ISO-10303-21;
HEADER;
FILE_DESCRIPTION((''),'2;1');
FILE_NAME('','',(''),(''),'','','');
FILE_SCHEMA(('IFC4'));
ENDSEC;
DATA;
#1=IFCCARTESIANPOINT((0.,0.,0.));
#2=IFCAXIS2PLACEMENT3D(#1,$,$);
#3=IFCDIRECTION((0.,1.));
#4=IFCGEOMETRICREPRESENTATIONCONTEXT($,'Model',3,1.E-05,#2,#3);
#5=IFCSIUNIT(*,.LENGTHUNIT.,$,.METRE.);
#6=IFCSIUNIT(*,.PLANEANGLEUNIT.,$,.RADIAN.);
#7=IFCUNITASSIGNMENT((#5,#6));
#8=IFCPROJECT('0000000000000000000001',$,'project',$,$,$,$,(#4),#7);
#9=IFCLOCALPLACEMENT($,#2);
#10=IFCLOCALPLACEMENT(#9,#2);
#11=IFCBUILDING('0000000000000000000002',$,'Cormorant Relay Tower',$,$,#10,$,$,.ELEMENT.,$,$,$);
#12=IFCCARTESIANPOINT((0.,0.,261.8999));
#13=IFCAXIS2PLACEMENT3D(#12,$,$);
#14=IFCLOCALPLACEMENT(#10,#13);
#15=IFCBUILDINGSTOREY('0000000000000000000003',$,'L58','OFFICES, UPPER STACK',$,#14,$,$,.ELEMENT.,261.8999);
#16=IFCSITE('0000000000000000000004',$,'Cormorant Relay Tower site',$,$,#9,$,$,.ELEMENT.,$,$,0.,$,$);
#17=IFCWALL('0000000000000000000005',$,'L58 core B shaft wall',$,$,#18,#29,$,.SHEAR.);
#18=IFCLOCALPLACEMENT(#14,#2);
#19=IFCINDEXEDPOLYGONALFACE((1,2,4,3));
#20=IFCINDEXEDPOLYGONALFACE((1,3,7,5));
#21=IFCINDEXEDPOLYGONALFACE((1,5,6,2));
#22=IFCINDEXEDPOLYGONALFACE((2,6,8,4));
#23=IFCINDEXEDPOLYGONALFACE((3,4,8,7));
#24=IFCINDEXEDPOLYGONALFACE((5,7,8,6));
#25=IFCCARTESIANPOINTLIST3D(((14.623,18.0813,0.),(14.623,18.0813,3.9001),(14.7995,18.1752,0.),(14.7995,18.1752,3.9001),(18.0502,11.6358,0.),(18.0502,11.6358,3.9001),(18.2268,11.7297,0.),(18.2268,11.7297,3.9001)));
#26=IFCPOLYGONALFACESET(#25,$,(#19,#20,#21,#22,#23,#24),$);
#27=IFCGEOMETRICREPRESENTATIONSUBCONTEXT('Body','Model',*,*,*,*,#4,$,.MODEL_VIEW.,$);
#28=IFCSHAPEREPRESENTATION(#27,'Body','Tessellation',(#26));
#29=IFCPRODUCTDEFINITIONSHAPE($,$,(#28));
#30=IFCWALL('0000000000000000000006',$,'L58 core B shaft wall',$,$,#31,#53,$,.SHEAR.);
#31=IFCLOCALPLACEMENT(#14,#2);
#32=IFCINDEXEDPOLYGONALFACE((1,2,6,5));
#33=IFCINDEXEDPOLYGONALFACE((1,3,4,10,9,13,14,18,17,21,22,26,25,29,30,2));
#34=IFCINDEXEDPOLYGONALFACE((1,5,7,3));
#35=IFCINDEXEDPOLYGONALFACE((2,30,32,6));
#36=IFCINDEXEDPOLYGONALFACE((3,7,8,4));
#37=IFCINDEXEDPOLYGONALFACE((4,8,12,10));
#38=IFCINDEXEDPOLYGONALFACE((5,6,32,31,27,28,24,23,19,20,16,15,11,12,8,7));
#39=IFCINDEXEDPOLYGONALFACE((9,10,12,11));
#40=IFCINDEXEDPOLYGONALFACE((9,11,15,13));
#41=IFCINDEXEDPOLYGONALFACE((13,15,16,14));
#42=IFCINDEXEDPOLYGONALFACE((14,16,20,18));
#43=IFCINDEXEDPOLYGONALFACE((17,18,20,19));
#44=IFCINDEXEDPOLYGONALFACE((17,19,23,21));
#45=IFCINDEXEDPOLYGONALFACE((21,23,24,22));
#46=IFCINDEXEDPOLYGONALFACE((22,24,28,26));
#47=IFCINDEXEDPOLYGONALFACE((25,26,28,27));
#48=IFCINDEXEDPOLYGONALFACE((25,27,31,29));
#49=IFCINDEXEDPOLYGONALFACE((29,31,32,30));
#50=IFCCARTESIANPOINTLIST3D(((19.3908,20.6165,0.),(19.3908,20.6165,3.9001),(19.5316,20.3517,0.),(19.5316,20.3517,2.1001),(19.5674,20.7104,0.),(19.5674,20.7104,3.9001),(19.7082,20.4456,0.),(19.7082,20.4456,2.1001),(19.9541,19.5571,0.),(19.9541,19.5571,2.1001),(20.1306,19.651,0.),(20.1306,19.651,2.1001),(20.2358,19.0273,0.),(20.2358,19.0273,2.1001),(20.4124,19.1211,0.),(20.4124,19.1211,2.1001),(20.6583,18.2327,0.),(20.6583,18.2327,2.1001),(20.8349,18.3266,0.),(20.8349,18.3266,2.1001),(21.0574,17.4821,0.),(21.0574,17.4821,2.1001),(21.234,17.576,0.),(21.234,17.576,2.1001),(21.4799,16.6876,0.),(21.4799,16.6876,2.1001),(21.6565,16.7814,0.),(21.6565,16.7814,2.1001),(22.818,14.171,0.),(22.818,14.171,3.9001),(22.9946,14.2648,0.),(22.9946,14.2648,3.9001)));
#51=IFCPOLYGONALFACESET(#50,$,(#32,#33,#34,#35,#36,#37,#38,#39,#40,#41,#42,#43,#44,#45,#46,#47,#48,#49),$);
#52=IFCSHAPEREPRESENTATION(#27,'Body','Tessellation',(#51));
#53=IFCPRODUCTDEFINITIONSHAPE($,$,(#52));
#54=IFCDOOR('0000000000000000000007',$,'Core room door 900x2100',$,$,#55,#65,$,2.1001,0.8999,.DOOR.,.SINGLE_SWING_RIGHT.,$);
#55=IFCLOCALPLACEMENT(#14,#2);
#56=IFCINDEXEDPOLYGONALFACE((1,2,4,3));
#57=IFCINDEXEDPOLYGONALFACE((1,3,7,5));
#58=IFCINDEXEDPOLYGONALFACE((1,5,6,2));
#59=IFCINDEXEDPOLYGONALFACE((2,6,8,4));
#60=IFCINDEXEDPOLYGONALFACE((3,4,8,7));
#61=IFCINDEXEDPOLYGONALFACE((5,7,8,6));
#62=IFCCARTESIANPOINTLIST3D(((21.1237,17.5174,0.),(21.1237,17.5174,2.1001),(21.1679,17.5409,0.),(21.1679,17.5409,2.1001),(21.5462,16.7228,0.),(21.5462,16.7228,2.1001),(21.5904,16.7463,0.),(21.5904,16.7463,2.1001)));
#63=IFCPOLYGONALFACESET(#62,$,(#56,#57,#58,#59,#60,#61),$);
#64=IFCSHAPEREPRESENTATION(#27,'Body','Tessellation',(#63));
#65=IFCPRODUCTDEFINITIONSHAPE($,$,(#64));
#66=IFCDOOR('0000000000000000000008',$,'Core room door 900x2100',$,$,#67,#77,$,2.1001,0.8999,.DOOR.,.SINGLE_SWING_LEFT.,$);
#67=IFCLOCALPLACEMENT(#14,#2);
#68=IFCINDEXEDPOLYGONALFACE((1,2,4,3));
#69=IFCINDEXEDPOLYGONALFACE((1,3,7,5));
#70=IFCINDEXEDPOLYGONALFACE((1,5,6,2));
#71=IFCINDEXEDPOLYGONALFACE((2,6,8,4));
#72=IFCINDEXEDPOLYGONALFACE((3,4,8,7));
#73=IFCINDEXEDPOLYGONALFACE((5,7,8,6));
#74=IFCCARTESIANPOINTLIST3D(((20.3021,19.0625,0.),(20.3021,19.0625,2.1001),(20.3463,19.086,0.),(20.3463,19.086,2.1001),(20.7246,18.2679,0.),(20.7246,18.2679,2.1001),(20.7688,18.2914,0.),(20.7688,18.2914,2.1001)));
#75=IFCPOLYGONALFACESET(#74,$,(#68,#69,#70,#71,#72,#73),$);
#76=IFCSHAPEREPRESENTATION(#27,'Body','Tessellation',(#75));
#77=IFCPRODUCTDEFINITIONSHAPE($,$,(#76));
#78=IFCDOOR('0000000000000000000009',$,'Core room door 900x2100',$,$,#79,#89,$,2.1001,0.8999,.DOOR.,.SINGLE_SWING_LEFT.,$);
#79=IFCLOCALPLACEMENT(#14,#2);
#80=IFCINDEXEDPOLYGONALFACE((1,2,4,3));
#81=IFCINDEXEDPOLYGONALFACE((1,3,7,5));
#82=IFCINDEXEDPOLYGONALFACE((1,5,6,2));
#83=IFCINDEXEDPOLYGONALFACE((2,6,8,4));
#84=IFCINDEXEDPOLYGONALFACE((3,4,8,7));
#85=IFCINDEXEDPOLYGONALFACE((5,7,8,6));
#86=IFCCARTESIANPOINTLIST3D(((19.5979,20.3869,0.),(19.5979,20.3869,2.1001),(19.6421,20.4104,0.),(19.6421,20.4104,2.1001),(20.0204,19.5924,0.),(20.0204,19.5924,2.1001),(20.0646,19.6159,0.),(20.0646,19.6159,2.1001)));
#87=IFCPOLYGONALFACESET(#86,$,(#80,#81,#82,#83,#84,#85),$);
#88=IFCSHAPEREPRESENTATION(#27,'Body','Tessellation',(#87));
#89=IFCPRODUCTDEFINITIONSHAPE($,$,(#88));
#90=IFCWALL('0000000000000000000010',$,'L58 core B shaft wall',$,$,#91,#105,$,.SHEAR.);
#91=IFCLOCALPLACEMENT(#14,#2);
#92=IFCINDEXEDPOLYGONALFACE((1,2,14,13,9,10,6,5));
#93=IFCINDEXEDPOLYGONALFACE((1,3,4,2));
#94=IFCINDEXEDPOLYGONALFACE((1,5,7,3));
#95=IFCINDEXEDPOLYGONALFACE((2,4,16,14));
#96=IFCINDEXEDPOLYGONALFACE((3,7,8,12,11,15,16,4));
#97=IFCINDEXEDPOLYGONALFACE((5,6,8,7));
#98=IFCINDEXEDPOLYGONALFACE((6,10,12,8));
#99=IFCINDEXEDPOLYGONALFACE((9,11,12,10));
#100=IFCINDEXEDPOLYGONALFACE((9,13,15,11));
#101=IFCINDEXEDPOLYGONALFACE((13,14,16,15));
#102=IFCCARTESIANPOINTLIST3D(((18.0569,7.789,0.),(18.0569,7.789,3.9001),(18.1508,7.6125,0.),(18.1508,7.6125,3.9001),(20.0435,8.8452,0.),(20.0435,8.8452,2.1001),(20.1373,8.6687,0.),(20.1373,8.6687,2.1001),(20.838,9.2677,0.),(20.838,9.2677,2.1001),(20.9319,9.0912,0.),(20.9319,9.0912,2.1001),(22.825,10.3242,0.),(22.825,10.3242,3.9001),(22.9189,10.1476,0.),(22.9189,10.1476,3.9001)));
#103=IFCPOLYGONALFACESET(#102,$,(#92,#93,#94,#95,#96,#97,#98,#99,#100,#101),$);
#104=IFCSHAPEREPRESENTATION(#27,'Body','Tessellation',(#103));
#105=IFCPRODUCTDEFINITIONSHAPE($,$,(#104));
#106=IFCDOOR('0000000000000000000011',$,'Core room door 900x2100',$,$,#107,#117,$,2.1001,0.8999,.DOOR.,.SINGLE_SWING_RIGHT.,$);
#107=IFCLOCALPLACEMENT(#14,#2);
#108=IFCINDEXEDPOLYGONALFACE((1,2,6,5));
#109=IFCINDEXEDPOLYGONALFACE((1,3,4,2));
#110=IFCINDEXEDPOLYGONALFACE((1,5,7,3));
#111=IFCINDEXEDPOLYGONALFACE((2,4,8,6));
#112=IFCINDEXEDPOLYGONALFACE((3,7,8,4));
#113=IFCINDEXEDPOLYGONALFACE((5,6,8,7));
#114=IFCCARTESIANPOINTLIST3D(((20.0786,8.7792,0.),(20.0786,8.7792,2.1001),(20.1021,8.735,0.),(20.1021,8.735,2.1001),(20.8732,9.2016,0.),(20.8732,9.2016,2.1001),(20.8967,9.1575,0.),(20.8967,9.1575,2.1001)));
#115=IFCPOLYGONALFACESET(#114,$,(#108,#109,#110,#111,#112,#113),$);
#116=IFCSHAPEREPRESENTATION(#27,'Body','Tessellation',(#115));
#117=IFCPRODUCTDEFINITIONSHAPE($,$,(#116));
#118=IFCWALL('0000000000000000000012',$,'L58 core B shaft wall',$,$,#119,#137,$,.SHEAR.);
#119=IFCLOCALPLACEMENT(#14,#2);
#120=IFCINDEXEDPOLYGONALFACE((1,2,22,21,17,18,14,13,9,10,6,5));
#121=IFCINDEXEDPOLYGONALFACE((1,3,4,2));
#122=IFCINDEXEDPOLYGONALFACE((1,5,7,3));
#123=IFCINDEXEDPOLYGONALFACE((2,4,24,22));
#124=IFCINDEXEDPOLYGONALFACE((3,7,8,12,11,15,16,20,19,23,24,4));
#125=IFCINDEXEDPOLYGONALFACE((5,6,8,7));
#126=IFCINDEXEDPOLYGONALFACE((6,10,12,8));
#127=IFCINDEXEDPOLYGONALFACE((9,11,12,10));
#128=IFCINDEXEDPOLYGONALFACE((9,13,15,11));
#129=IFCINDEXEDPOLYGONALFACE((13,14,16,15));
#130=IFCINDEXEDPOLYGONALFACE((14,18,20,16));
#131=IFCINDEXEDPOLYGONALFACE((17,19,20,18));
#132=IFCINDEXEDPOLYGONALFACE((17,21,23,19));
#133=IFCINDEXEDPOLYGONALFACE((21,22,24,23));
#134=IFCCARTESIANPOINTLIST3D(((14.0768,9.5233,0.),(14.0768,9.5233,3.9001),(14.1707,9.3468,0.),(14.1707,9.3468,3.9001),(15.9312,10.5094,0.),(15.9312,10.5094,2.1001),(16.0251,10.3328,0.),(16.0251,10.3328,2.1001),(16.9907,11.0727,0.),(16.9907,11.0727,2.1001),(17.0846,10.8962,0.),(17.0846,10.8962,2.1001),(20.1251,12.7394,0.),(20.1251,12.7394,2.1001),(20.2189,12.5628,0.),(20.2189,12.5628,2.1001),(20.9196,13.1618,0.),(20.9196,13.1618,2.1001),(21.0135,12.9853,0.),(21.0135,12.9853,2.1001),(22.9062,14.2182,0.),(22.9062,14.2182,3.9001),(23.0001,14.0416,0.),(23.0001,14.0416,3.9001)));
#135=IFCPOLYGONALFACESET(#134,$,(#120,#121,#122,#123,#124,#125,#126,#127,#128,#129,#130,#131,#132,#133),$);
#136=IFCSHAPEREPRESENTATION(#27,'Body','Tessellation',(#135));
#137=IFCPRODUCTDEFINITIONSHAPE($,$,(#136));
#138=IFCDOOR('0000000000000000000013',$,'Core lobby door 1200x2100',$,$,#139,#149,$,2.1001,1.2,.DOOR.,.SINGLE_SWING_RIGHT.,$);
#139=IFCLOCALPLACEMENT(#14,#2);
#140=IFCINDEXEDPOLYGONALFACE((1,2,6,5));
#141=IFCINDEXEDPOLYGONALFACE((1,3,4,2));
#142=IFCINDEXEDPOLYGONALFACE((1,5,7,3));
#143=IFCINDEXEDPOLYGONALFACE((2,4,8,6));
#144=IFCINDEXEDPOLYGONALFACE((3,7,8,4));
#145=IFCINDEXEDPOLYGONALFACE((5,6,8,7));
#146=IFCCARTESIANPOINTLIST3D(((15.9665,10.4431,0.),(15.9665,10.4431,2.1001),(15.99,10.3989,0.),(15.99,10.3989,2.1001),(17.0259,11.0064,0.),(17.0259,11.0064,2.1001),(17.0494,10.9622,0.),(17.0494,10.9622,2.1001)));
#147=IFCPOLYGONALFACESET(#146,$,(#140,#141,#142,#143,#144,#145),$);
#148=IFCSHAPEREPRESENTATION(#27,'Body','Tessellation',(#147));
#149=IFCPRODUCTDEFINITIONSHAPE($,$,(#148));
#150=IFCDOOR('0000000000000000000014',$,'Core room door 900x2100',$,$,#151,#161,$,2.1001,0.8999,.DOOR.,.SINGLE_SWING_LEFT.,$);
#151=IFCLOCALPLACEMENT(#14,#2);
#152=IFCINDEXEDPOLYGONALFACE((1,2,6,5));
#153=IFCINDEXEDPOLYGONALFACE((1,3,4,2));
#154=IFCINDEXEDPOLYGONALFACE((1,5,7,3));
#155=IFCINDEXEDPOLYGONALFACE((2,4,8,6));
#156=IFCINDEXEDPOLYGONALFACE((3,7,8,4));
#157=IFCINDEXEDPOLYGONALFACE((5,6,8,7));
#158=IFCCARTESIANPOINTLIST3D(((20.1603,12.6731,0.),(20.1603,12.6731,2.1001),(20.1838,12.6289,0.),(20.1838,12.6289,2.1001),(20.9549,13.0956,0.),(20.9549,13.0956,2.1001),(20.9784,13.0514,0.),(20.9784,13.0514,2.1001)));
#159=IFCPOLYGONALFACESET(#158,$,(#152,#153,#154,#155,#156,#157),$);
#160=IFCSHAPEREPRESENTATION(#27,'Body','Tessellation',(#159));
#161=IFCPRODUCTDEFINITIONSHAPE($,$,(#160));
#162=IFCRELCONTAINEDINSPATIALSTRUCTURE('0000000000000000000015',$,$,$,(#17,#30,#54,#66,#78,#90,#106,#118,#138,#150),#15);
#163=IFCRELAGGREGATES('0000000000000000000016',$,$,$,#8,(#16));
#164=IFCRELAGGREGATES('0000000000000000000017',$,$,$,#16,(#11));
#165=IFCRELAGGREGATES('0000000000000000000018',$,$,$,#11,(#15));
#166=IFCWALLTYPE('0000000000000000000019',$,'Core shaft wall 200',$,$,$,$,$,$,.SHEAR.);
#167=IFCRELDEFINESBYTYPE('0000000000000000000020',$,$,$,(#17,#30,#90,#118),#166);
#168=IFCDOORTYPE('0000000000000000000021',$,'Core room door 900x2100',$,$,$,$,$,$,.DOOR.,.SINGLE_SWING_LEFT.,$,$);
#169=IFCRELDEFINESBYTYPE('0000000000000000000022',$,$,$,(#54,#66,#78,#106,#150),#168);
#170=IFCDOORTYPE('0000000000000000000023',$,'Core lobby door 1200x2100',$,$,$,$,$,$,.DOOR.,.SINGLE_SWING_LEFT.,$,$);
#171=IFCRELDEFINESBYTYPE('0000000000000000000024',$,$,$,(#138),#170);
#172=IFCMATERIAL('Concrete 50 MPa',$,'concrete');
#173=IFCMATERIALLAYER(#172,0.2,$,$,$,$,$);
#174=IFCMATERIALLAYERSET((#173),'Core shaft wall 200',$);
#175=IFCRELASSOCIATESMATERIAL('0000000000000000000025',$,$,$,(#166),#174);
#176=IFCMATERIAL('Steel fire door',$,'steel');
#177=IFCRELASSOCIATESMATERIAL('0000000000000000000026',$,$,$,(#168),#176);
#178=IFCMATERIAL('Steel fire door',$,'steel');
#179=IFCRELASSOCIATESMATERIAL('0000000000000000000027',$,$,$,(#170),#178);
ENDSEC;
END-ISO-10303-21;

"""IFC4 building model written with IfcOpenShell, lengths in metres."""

from ifc_helpers import new_model, si_unit, direction, frame, frame_2d, origin, place, context, subcontext, project, spatial, rectangle, extrude, material, layer, layer_set, type_object, element, fill, save


model = new_model("IFC4")

# Units and contexts
model_context = context("Model", 3, precision=1e-05, world=origin(), true_north=direction((0.0, 1.0)))
body_context = subcontext(model_context, "Body", "Model", "MODEL_VIEW")
ifc_project = project(units=[si_unit("LENGTHUNIT", "METRE"), si_unit("PLANEANGLEUNIT", "RADIAN")], contexts=[model_context])

# Site, building, storey
site_placement = place(None, origin())
site = spatial("IfcSite", under=ifc_project, at=site_placement, Name="Cormorant Relay Tower site", CompositionType="ELEMENT", RefElevation=0.0)
building_placement = place(site_placement, origin())
building = spatial("IfcBuilding", under=site, at=building_placement, Name="Cormorant Relay Tower", CompositionType="ELEMENT")
storey_placement = place(building_placement, frame((0.0, 0.0, 261.8999)))
storey = spatial("IfcBuildingStorey", under=building, at=storey_placement, Name="L58", Description="OFFICES, UPPER STACK", CompositionType="ELEMENT", Elevation=261.8999)

# Wall
ifc_material_1 = material(Name="Concrete 50 MPa", Category="concrete")
ifc_layer_1 = layer(ifc_material_1, 0.2)
ifc_layer_set_1 = layer_set([ifc_layer_1], Name="Core shaft wall 200")
wall_type_1 = type_object("IfcWallType", Name="Core shaft wall 200", PredefinedType="SHEAR", material=ifc_layer_set_1)
wall_1_placement = place(storey_placement, frame((18.1384, 11.6829, 0.0), z_axis=(0.0, 0.0, 1.0), x_axis=(-0.46948, 0.882943, 0.0)))
element("IfcWall", 1, at=wall_1_placement, inside=storey, type_object=wall_type_1, Name="L58 core B shaft wall", PredefinedType="SHEAR", context=body_context, shape_type="SweptSolid", body=[
    extrude(rectangle(XDim=7.3, YDim=0.2, at=frame_2d((3.6499, 0.0))), origin(), (0.0, 0.0, 1.0), 3.9001),
])

# Wall, openings, doors
wall_2_placement = place(storey_placement, frame((22.9062, 14.218, 0.0), z_axis=(0.0, 0.0, 1.0), x_axis=(-0.46948, 0.882943, 0.0)))
wall_2 = element("IfcWall", 2, at=wall_2_placement, inside=storey, type_object=wall_type_1, Name="L58 core B shaft wall", PredefinedType="SHEAR", context=body_context, shape_type="SweptSolid", body=[
    extrude(rectangle(XDim=7.3, YDim=0.2, at=frame_2d((3.6499, 0.0))), origin(), (0.0, 0.0, 1.0), 3.9001),
])
opening_1_placement = place(wall_2_placement, frame((2.8501, 0.0, 0.0)))
opening_1 = element("IfcOpeningElement", 3, at=opening_1_placement, cuts=wall_2, PredefinedType="OPENING", context=body_context, shape_type="SweptSolid", body=[
    extrude(rectangle(XDim=0.8999, YDim=2.1001, at=frame_2d((0.45, 1.05))), frame((0.0, 0.1099, 0.0), z_axis=(0.0, -1.0, 0.0), x_axis=(1.0, 0.0, 0.0)), (0.0, 0.0, 1.0), 0.22),
])
opening_2_placement = place(wall_2_placement, frame((4.6001, 0.0, 0.0)))
opening_2 = element("IfcOpeningElement", 4, at=opening_2_placement, cuts=wall_2, PredefinedType="OPENING", context=body_context, shape_type="SweptSolid", body=[
    extrude(rectangle(XDim=0.8999, YDim=2.1001, at=frame_2d((0.45, 1.05))), frame((0.0, 0.1099, 0.0), z_axis=(0.0, -1.0, 0.0), x_axis=(1.0, 0.0, 0.0)), (0.0, 0.0, 1.0), 0.22),
])
opening_3_placement = place(wall_2_placement, frame((6.1001, 0.0, 0.0)))
opening_3 = element("IfcOpeningElement", 5, at=opening_3_placement, cuts=wall_2, PredefinedType="OPENING", context=body_context, shape_type="SweptSolid", body=[
    extrude(rectangle(XDim=0.8999, YDim=2.1001, at=frame_2d((0.45, 1.05))), frame((0.0, 0.1099, 0.0), z_axis=(0.0, -1.0, 0.0), x_axis=(1.0, 0.0, 0.0)), (0.0, 0.0, 1.0), 0.22),
])
ifc_material_2 = material(Name="Steel fire door", Category="steel")
door_type_1 = type_object("IfcDoorType", Name="Core room door 900x2100", OperationType="SINGLE_SWING_LEFT", PredefinedType="DOOR", material=ifc_material_2)
door_1_placement = place(opening_1_placement, origin())
door_1 = element("IfcDoor", 6, at=door_1_placement, inside=storey, type_object=door_type_1, Name="Core room door 900x2100", OperationType="SINGLE_SWING_RIGHT", OverallHeight=2.1001, OverallWidth=0.8999, PredefinedType="DOOR", context=body_context, shape_type="SweptSolid", body=[
    extrude(rectangle(XDim=0.8999, YDim=2.1001, at=frame_2d((0.45, 1.05))), frame((0.0, 0.0249, 0.0), z_axis=(0.0, -1.0, 0.0), x_axis=(1.0, 0.0, 0.0)), (0.0, 0.0, 1.0), 0.05),
])
fill(opening_1, door_1)
door_2_placement = place(opening_2_placement, origin())
door_2 = element("IfcDoor", 7, at=door_2_placement, inside=storey, type_object=door_type_1, Name="Core room door 900x2100", OperationType="SINGLE_SWING_LEFT", OverallHeight=2.1001, OverallWidth=0.8999, PredefinedType="DOOR", context=body_context, shape_type="SweptSolid", body=[
    extrude(rectangle(XDim=0.8999, YDim=2.1001, at=frame_2d((0.45, 1.05))), frame((0.0, 0.0249, 0.0), z_axis=(0.0, -1.0, 0.0), x_axis=(1.0, 0.0, 0.0)), (0.0, 0.0, 1.0), 0.05),
])
fill(opening_2, door_2)
door_3_placement = place(opening_3_placement, origin())
door_3 = element("IfcDoor", 8, at=door_3_placement, inside=storey, type_object=door_type_1, Name="Core room door 900x2100", OperationType="SINGLE_SWING_LEFT", OverallHeight=2.1001, OverallWidth=0.8999, PredefinedType="DOOR", context=body_context, shape_type="SweptSolid", body=[
    extrude(rectangle(XDim=0.8999, YDim=2.1001, at=frame_2d((0.45, 1.05))), frame((0.0, 0.0249, 0.0), z_axis=(0.0, -1.0, 0.0), x_axis=(1.0, 0.0, 0.0)), (0.0, 0.0, 1.0), 0.05),
])
fill(opening_3, door_3)

# Wall, opening, door
wall_3_placement = place(storey_placement, frame((18.1038, 7.7007, 0.0), z_axis=(0.0, 0.0, 1.0), x_axis=(0.882953, 0.469462, 0.0)))
wall_3 = element("IfcWall", 9, at=wall_3_placement, inside=storey, type_object=wall_type_1, Name="L58 core B shaft wall", PredefinedType="SHEAR", context=body_context, shape_type="SweptSolid", body=[
    extrude(rectangle(XDim=5.4001, YDim=0.2, at=frame_2d((2.7002, 0.0))), origin(), (0.0, 0.0, 1.0), 3.9001),
])
opening_4_placement = place(wall_3_placement, frame((2.25, 0.0, 0.0)))
opening_4 = element("IfcOpeningElement", 10, at=opening_4_placement, cuts=wall_3, PredefinedType="OPENING", context=body_context, shape_type="SweptSolid", body=[
    extrude(rectangle(XDim=0.8999, YDim=2.1001, at=frame_2d((0.45, 1.05))), frame((0.0, 0.1099, 0.0), z_axis=(0.0, -1.0, 0.0), x_axis=(1.0, 0.0, 0.0)), (0.0, 0.0, 1.0), 0.22),
])
door_4_placement = place(opening_4_placement, frame((0.8999, 0.0, 0.0), z_axis=(0.0, 0.0, 1.0), x_axis=(-1.0, 0.0, 0.0)))
door_4 = element("IfcDoor", 11, at=door_4_placement, inside=storey, type_object=door_type_1, Name="Core room door 900x2100", OperationType="SINGLE_SWING_RIGHT", OverallHeight=2.1001, OverallWidth=0.8999, PredefinedType="DOOR", context=body_context, shape_type="SweptSolid", body=[
    extrude(rectangle(XDim=0.8999, YDim=2.1001, at=frame_2d((0.45, 1.05))), frame((0.0, 0.0249, 0.0), z_axis=(0.0, -1.0, 0.0), x_axis=(1.0, 0.0, 0.0)), (0.0, 0.0, 1.0), 0.05),
])
fill(opening_4, door_4)

# Wall, openings, doors
wall_4_placement = place(storey_placement, frame((14.1238, 9.4351, 0.0), z_axis=(0.0, 0.0, 1.0), x_axis=(0.88294, 0.469485, 0.0)))
wall_4 = element("IfcWall", 12, at=wall_4_placement, inside=storey, type_object=wall_type_1, Name="L58 core B shaft wall", PredefinedType="SHEAR", context=body_context, shape_type="SweptSolid", body=[
    extrude(rectangle(XDim=10.0, YDim=0.2, at=frame_2d((5.0, 0.0))), origin(), (0.0, 0.0, 1.0), 3.9001),
])
opening_5_placement = place(wall_4_placement, frame((2.1001, 0.0, 0.0)))
opening_5 = element("IfcOpeningElement", 13, at=opening_5_placement, cuts=wall_4, PredefinedType="OPENING", context=body_context, shape_type="SweptSolid", body=[
    extrude(rectangle(XDim=1.2, YDim=2.1001, at=frame_2d((0.6001, 1.05))), frame((0.0, 0.1099, 0.0), z_axis=(0.0, -1.0, 0.0), x_axis=(1.0, 0.0, 0.0)), (0.0, 0.0, 1.0), 0.22),
])
opening_6_placement = place(wall_4_placement, frame((6.8501, 0.0, 0.0)))
opening_6 = element("IfcOpeningElement", 14, at=opening_6_placement, cuts=wall_4, PredefinedType="OPENING", context=body_context, shape_type="SweptSolid", body=[
    extrude(rectangle(XDim=0.8999, YDim=2.1001, at=frame_2d((0.45, 1.05))), frame((0.0, 0.1099, 0.0), z_axis=(0.0, -1.0, 0.0), x_axis=(1.0, 0.0, 0.0)), (0.0, 0.0, 1.0), 0.22),
])
ifc_material_3 = material(Name="Steel fire door", Category="steel")
door_type_2 = type_object("IfcDoorType", Name="Core lobby door 1200x2100", OperationType="SINGLE_SWING_LEFT", PredefinedType="DOOR", material=ifc_material_3)
door_5_placement = place(opening_5_placement, origin())
door_5 = element("IfcDoor", 15, at=door_5_placement, inside=storey, type_object=door_type_2, Name="Core lobby door 1200x2100", OperationType="SINGLE_SWING_RIGHT", OverallHeight=2.1001, OverallWidth=1.2, PredefinedType="DOOR", context=body_context, shape_type="SweptSolid", body=[
    extrude(rectangle(XDim=1.2, YDim=2.1001, at=frame_2d((0.6001, 1.05))), frame((0.0, 0.0249, 0.0), z_axis=(0.0, -1.0, 0.0), x_axis=(1.0, 0.0, 0.0)), (0.0, 0.0, 1.0), 0.05),
])
fill(opening_5, door_5)
door_6_placement = place(opening_6_placement, origin())
door_6 = element("IfcDoor", 16, at=door_6_placement, inside=storey, type_object=door_type_1, Name="Core room door 900x2100", OperationType="SINGLE_SWING_LEFT", OverallHeight=2.1001, OverallWidth=0.8999, PredefinedType="DOOR", context=body_context, shape_type="SweptSolid", body=[
    extrude(rectangle(XDim=0.8999, YDim=2.1001, at=frame_2d((0.45, 1.05))), frame((0.0, 0.0249, 0.0), z_axis=(0.0, -1.0, 0.0), x_axis=(1.0, 0.0, 0.0)), (0.0, 0.0, 1.0), 0.05),
])
fill(opening_6, door_6)

save(model, "model.ifc")
